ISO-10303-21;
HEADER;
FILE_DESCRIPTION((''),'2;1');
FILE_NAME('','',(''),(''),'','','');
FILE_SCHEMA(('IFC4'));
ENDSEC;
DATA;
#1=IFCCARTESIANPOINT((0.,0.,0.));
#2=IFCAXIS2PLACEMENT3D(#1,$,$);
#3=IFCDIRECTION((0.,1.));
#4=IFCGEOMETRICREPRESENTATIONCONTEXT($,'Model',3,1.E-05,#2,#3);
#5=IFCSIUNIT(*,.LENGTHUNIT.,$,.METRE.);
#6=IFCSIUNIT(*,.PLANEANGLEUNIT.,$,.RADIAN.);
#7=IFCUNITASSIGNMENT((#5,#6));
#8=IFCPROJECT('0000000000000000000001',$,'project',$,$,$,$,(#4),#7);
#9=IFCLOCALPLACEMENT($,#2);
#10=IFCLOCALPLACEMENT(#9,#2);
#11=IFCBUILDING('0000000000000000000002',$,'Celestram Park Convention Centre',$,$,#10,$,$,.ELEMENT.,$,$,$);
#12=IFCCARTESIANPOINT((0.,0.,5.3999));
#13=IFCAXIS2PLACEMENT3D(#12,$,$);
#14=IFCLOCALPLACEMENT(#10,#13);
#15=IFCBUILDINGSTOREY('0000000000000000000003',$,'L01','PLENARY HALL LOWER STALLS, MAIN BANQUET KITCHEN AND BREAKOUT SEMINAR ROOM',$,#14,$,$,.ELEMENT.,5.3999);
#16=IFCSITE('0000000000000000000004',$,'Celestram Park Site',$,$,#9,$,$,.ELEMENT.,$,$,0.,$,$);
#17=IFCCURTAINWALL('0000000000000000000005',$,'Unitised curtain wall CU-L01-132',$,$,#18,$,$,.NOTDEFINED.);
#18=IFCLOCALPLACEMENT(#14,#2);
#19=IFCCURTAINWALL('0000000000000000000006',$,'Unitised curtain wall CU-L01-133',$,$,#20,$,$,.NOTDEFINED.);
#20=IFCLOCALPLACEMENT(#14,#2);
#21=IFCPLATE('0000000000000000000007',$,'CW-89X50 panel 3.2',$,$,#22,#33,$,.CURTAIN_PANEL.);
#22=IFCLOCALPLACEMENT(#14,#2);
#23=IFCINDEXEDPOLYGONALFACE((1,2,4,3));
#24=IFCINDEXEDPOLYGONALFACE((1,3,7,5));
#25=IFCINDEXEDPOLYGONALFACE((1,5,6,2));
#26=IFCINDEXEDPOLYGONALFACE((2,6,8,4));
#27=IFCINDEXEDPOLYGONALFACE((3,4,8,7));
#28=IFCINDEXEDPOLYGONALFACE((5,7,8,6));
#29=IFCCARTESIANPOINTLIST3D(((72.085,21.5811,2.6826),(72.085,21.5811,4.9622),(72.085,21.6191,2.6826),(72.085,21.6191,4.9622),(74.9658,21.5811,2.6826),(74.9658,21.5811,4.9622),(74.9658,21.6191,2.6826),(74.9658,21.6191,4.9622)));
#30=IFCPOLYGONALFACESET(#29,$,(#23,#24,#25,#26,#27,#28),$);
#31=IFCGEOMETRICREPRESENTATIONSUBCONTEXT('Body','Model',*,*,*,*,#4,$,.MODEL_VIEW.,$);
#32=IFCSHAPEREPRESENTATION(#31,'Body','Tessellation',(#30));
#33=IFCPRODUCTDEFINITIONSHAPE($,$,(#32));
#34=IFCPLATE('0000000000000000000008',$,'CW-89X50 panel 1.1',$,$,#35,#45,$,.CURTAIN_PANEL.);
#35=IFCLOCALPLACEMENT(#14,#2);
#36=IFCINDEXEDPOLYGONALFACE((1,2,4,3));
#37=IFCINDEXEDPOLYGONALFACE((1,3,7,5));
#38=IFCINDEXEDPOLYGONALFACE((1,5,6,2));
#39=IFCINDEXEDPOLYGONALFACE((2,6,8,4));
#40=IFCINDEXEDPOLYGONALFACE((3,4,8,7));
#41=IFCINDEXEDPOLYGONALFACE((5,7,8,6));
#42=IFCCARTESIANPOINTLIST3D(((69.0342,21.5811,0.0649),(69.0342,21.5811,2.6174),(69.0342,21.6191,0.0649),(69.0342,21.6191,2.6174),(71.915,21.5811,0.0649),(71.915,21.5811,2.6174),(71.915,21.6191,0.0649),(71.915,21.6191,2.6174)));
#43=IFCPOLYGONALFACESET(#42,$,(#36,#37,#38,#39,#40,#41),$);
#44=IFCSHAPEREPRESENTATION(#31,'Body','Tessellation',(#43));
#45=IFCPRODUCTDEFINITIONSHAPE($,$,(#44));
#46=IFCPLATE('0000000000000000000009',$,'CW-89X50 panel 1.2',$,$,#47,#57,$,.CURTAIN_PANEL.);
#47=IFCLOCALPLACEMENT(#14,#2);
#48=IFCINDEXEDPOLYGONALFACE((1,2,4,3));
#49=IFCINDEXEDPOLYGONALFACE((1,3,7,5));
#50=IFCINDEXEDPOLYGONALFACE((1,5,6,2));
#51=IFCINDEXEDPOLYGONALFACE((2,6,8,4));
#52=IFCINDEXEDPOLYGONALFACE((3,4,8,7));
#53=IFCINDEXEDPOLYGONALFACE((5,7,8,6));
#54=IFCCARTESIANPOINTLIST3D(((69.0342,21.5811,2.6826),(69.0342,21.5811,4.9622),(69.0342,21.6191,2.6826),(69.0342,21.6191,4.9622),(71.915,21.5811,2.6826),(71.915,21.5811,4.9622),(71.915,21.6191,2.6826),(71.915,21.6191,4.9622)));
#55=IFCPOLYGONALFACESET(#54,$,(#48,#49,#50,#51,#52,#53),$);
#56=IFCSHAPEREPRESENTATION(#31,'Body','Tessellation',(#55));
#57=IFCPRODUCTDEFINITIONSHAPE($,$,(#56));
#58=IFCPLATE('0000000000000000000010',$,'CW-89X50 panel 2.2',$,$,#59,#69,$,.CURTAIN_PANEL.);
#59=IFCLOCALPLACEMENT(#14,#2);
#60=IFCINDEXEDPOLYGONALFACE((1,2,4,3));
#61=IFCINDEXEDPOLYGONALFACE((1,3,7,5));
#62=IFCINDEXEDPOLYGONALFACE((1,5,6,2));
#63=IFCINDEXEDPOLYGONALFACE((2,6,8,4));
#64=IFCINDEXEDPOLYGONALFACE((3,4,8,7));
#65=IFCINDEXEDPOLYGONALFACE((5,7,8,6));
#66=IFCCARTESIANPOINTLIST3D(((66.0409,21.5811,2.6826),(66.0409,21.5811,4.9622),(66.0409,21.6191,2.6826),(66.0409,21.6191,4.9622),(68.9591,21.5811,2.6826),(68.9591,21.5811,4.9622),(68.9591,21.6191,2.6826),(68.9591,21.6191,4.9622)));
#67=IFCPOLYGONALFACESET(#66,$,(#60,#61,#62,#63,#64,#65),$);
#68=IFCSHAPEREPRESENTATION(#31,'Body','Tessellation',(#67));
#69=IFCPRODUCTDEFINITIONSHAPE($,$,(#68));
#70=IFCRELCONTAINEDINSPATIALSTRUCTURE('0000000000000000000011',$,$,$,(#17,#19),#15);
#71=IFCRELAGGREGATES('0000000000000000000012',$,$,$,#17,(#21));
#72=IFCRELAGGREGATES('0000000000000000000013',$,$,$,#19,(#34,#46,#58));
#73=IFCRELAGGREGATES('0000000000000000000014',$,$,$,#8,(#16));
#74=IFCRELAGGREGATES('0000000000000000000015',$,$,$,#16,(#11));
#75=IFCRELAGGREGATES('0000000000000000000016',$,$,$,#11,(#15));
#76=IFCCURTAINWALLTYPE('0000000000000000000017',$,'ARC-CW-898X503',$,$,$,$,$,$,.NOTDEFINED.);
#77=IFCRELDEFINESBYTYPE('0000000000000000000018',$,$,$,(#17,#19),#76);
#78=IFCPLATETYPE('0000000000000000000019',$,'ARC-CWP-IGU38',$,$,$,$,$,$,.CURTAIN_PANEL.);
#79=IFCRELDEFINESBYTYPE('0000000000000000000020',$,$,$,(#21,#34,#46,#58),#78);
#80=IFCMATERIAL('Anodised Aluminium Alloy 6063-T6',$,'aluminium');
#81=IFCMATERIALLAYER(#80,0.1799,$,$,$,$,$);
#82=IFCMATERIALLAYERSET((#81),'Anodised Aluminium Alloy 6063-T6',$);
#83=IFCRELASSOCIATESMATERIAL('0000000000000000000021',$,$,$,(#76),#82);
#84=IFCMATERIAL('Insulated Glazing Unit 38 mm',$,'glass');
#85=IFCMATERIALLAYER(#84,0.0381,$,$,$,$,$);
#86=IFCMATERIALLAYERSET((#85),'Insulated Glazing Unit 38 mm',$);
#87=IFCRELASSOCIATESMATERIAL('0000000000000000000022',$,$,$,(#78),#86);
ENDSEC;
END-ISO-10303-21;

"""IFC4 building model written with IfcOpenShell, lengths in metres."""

from ifc_helpers import new_model, si_unit, direction, frame, origin, origin_2d, place, context, subcontext, project, spatial, rectangle, extrude, material, layer, layer_set, type_object, element, aggregate, save


model = new_model("IFC4")

# Units and contexts
model_context = context("Model", 3, precision=1e-05, world=origin(), true_north=direction((0.0, 1.0)))
body_context = subcontext(model_context, "Body", "Model", "MODEL_VIEW")
ifc_project = project(units=[si_unit("LENGTHUNIT", "METRE"), si_unit("PLANEANGLEUNIT", "RADIAN")], contexts=[model_context])

# Site, building, storey
site_placement = place(None, origin())
site = spatial("IfcSite", under=ifc_project, at=site_placement, Name="Celestram Park Site", CompositionType="ELEMENT", RefElevation=0.0)
building_placement = place(site_placement, origin())
building = spatial("IfcBuilding", under=site, at=building_placement, Name="Celestram Park Convention Centre", CompositionType="ELEMENT")
storey_placement = place(building_placement, frame((0.0, 0.0, 5.3999)))
storey = spatial("IfcBuildingStorey", under=building, at=storey_placement, Name="L01", Description="PLENARY HALL LOWER STALLS, MAIN BANQUET KITCHEN AND BREAKOUT SEMINAR ROOM", CompositionType="ELEMENT", Elevation=5.3999)

# Shared definitions
ifc_material_1 = material(Name="Anodised Aluminium Alloy 6063-T6", Category="aluminium")
ifc_layer_1 = layer(ifc_material_1, 0.1799)
ifc_layer_set_1 = layer_set([ifc_layer_1], Name="Anodised Aluminium Alloy 6063-T6")
curtain_wall_type = type_object("IfcCurtainWallType", Name="ARC-CW-898X503", PredefinedType="NOTDEFINED", material=ifc_layer_set_1)

# Curtain walls
curtain_wall_1_placement = place(storey_placement, origin())
curtain_wall_1 = element("IfcCurtainWall", 1, at=curtain_wall_1_placement, inside=storey, type_object=curtain_wall_type, Name="Unitised curtain wall CU-L01-132", PredefinedType="NOTDEFINED")
curtain_wall_2_placement = place(storey_placement, origin())
curtain_wall_2 = element("IfcCurtainWall", 2, at=curtain_wall_2_placement, inside=storey, type_object=curtain_wall_type, Name="Unitised curtain wall CU-L01-133", PredefinedType="NOTDEFINED")

# Plates
ifc_material_2 = material(Name="Insulated Glazing Unit 38 mm", Category="glass")
ifc_layer_2 = layer(ifc_material_2, 0.0381)
ifc_layer_set_2 = layer_set([ifc_layer_2], Name="Insulated Glazing Unit 38 mm")
plate_type = type_object("IfcPlateType", Name="ARC-CWP-IGU38", PredefinedType="CURTAIN_PANEL", material=ifc_layer_set_2)
plate_1_placement = place(storey_placement, frame((73.5254, 21.6001, 2.6826), z_axis=(0.0, 0.0, 1.0), x_axis=(-1.0, 0.0, 0.0)))
plate_1 = element("IfcPlate", 3, at=plate_1_placement, type_object=plate_type, Name="CW-89X50 panel 3.2", PredefinedType="CURTAIN_PANEL", context=body_context, shape_type="SweptSolid", body=[
    extrude(rectangle(XDim=2.8809, YDim=0.0381, at=origin_2d()), origin(), (0.0, 0.0, 1.0), 2.2795),
])
aggregate(curtain_wall_1, [plate_1])
plate_2_placement = place(storey_placement, frame((70.4746, 21.6001, 0.0649), z_axis=(0.0, 0.0, 1.0), x_axis=(-1.0, 0.0, 0.0)))
plate_2 = element("IfcPlate", 4, at=plate_2_placement, type_object=plate_type, Name="CW-89X50 panel 1.1", PredefinedType="CURTAIN_PANEL", context=body_context, shape_type="SweptSolid", body=[
    extrude(rectangle(XDim=2.8809, YDim=0.0381, at=origin_2d()), origin(), (0.0, 0.0, 1.0), 2.5525),
])
plate_3_placement = place(storey_placement, frame((70.4746, 21.6001, 2.6826), z_axis=(0.0, 0.0, 1.0), x_axis=(-1.0, 0.0, 0.0)))
plate_3 = element("IfcPlate", 5, at=plate_3_placement, type_object=plate_type, Name="CW-89X50 panel 1.2", PredefinedType="CURTAIN_PANEL", context=body_context, shape_type="SweptSolid", body=[
    extrude(rectangle(XDim=2.8809, YDim=0.0381, at=origin_2d()), origin(), (0.0, 0.0, 1.0), 2.2795),
])
plate_4_placement = place(storey_placement, frame((67.5, 21.6001, 2.6826), z_axis=(0.0, 0.0, 1.0), x_axis=(-1.0, 0.0, 0.0)))
plate_4 = element("IfcPlate", 6, at=plate_4_placement, type_object=plate_type, Name="CW-89X50 panel 2.2", PredefinedType="CURTAIN_PANEL", context=body_context, shape_type="SweptSolid", body=[
    extrude(rectangle(XDim=2.9182, YDim=0.0381, at=origin_2d()), origin(), (0.0, 0.0, 1.0), 2.2795),
])
aggregate(curtain_wall_2, [plate_2, plate_3, plate_4])

save(model, "model.ifc")
